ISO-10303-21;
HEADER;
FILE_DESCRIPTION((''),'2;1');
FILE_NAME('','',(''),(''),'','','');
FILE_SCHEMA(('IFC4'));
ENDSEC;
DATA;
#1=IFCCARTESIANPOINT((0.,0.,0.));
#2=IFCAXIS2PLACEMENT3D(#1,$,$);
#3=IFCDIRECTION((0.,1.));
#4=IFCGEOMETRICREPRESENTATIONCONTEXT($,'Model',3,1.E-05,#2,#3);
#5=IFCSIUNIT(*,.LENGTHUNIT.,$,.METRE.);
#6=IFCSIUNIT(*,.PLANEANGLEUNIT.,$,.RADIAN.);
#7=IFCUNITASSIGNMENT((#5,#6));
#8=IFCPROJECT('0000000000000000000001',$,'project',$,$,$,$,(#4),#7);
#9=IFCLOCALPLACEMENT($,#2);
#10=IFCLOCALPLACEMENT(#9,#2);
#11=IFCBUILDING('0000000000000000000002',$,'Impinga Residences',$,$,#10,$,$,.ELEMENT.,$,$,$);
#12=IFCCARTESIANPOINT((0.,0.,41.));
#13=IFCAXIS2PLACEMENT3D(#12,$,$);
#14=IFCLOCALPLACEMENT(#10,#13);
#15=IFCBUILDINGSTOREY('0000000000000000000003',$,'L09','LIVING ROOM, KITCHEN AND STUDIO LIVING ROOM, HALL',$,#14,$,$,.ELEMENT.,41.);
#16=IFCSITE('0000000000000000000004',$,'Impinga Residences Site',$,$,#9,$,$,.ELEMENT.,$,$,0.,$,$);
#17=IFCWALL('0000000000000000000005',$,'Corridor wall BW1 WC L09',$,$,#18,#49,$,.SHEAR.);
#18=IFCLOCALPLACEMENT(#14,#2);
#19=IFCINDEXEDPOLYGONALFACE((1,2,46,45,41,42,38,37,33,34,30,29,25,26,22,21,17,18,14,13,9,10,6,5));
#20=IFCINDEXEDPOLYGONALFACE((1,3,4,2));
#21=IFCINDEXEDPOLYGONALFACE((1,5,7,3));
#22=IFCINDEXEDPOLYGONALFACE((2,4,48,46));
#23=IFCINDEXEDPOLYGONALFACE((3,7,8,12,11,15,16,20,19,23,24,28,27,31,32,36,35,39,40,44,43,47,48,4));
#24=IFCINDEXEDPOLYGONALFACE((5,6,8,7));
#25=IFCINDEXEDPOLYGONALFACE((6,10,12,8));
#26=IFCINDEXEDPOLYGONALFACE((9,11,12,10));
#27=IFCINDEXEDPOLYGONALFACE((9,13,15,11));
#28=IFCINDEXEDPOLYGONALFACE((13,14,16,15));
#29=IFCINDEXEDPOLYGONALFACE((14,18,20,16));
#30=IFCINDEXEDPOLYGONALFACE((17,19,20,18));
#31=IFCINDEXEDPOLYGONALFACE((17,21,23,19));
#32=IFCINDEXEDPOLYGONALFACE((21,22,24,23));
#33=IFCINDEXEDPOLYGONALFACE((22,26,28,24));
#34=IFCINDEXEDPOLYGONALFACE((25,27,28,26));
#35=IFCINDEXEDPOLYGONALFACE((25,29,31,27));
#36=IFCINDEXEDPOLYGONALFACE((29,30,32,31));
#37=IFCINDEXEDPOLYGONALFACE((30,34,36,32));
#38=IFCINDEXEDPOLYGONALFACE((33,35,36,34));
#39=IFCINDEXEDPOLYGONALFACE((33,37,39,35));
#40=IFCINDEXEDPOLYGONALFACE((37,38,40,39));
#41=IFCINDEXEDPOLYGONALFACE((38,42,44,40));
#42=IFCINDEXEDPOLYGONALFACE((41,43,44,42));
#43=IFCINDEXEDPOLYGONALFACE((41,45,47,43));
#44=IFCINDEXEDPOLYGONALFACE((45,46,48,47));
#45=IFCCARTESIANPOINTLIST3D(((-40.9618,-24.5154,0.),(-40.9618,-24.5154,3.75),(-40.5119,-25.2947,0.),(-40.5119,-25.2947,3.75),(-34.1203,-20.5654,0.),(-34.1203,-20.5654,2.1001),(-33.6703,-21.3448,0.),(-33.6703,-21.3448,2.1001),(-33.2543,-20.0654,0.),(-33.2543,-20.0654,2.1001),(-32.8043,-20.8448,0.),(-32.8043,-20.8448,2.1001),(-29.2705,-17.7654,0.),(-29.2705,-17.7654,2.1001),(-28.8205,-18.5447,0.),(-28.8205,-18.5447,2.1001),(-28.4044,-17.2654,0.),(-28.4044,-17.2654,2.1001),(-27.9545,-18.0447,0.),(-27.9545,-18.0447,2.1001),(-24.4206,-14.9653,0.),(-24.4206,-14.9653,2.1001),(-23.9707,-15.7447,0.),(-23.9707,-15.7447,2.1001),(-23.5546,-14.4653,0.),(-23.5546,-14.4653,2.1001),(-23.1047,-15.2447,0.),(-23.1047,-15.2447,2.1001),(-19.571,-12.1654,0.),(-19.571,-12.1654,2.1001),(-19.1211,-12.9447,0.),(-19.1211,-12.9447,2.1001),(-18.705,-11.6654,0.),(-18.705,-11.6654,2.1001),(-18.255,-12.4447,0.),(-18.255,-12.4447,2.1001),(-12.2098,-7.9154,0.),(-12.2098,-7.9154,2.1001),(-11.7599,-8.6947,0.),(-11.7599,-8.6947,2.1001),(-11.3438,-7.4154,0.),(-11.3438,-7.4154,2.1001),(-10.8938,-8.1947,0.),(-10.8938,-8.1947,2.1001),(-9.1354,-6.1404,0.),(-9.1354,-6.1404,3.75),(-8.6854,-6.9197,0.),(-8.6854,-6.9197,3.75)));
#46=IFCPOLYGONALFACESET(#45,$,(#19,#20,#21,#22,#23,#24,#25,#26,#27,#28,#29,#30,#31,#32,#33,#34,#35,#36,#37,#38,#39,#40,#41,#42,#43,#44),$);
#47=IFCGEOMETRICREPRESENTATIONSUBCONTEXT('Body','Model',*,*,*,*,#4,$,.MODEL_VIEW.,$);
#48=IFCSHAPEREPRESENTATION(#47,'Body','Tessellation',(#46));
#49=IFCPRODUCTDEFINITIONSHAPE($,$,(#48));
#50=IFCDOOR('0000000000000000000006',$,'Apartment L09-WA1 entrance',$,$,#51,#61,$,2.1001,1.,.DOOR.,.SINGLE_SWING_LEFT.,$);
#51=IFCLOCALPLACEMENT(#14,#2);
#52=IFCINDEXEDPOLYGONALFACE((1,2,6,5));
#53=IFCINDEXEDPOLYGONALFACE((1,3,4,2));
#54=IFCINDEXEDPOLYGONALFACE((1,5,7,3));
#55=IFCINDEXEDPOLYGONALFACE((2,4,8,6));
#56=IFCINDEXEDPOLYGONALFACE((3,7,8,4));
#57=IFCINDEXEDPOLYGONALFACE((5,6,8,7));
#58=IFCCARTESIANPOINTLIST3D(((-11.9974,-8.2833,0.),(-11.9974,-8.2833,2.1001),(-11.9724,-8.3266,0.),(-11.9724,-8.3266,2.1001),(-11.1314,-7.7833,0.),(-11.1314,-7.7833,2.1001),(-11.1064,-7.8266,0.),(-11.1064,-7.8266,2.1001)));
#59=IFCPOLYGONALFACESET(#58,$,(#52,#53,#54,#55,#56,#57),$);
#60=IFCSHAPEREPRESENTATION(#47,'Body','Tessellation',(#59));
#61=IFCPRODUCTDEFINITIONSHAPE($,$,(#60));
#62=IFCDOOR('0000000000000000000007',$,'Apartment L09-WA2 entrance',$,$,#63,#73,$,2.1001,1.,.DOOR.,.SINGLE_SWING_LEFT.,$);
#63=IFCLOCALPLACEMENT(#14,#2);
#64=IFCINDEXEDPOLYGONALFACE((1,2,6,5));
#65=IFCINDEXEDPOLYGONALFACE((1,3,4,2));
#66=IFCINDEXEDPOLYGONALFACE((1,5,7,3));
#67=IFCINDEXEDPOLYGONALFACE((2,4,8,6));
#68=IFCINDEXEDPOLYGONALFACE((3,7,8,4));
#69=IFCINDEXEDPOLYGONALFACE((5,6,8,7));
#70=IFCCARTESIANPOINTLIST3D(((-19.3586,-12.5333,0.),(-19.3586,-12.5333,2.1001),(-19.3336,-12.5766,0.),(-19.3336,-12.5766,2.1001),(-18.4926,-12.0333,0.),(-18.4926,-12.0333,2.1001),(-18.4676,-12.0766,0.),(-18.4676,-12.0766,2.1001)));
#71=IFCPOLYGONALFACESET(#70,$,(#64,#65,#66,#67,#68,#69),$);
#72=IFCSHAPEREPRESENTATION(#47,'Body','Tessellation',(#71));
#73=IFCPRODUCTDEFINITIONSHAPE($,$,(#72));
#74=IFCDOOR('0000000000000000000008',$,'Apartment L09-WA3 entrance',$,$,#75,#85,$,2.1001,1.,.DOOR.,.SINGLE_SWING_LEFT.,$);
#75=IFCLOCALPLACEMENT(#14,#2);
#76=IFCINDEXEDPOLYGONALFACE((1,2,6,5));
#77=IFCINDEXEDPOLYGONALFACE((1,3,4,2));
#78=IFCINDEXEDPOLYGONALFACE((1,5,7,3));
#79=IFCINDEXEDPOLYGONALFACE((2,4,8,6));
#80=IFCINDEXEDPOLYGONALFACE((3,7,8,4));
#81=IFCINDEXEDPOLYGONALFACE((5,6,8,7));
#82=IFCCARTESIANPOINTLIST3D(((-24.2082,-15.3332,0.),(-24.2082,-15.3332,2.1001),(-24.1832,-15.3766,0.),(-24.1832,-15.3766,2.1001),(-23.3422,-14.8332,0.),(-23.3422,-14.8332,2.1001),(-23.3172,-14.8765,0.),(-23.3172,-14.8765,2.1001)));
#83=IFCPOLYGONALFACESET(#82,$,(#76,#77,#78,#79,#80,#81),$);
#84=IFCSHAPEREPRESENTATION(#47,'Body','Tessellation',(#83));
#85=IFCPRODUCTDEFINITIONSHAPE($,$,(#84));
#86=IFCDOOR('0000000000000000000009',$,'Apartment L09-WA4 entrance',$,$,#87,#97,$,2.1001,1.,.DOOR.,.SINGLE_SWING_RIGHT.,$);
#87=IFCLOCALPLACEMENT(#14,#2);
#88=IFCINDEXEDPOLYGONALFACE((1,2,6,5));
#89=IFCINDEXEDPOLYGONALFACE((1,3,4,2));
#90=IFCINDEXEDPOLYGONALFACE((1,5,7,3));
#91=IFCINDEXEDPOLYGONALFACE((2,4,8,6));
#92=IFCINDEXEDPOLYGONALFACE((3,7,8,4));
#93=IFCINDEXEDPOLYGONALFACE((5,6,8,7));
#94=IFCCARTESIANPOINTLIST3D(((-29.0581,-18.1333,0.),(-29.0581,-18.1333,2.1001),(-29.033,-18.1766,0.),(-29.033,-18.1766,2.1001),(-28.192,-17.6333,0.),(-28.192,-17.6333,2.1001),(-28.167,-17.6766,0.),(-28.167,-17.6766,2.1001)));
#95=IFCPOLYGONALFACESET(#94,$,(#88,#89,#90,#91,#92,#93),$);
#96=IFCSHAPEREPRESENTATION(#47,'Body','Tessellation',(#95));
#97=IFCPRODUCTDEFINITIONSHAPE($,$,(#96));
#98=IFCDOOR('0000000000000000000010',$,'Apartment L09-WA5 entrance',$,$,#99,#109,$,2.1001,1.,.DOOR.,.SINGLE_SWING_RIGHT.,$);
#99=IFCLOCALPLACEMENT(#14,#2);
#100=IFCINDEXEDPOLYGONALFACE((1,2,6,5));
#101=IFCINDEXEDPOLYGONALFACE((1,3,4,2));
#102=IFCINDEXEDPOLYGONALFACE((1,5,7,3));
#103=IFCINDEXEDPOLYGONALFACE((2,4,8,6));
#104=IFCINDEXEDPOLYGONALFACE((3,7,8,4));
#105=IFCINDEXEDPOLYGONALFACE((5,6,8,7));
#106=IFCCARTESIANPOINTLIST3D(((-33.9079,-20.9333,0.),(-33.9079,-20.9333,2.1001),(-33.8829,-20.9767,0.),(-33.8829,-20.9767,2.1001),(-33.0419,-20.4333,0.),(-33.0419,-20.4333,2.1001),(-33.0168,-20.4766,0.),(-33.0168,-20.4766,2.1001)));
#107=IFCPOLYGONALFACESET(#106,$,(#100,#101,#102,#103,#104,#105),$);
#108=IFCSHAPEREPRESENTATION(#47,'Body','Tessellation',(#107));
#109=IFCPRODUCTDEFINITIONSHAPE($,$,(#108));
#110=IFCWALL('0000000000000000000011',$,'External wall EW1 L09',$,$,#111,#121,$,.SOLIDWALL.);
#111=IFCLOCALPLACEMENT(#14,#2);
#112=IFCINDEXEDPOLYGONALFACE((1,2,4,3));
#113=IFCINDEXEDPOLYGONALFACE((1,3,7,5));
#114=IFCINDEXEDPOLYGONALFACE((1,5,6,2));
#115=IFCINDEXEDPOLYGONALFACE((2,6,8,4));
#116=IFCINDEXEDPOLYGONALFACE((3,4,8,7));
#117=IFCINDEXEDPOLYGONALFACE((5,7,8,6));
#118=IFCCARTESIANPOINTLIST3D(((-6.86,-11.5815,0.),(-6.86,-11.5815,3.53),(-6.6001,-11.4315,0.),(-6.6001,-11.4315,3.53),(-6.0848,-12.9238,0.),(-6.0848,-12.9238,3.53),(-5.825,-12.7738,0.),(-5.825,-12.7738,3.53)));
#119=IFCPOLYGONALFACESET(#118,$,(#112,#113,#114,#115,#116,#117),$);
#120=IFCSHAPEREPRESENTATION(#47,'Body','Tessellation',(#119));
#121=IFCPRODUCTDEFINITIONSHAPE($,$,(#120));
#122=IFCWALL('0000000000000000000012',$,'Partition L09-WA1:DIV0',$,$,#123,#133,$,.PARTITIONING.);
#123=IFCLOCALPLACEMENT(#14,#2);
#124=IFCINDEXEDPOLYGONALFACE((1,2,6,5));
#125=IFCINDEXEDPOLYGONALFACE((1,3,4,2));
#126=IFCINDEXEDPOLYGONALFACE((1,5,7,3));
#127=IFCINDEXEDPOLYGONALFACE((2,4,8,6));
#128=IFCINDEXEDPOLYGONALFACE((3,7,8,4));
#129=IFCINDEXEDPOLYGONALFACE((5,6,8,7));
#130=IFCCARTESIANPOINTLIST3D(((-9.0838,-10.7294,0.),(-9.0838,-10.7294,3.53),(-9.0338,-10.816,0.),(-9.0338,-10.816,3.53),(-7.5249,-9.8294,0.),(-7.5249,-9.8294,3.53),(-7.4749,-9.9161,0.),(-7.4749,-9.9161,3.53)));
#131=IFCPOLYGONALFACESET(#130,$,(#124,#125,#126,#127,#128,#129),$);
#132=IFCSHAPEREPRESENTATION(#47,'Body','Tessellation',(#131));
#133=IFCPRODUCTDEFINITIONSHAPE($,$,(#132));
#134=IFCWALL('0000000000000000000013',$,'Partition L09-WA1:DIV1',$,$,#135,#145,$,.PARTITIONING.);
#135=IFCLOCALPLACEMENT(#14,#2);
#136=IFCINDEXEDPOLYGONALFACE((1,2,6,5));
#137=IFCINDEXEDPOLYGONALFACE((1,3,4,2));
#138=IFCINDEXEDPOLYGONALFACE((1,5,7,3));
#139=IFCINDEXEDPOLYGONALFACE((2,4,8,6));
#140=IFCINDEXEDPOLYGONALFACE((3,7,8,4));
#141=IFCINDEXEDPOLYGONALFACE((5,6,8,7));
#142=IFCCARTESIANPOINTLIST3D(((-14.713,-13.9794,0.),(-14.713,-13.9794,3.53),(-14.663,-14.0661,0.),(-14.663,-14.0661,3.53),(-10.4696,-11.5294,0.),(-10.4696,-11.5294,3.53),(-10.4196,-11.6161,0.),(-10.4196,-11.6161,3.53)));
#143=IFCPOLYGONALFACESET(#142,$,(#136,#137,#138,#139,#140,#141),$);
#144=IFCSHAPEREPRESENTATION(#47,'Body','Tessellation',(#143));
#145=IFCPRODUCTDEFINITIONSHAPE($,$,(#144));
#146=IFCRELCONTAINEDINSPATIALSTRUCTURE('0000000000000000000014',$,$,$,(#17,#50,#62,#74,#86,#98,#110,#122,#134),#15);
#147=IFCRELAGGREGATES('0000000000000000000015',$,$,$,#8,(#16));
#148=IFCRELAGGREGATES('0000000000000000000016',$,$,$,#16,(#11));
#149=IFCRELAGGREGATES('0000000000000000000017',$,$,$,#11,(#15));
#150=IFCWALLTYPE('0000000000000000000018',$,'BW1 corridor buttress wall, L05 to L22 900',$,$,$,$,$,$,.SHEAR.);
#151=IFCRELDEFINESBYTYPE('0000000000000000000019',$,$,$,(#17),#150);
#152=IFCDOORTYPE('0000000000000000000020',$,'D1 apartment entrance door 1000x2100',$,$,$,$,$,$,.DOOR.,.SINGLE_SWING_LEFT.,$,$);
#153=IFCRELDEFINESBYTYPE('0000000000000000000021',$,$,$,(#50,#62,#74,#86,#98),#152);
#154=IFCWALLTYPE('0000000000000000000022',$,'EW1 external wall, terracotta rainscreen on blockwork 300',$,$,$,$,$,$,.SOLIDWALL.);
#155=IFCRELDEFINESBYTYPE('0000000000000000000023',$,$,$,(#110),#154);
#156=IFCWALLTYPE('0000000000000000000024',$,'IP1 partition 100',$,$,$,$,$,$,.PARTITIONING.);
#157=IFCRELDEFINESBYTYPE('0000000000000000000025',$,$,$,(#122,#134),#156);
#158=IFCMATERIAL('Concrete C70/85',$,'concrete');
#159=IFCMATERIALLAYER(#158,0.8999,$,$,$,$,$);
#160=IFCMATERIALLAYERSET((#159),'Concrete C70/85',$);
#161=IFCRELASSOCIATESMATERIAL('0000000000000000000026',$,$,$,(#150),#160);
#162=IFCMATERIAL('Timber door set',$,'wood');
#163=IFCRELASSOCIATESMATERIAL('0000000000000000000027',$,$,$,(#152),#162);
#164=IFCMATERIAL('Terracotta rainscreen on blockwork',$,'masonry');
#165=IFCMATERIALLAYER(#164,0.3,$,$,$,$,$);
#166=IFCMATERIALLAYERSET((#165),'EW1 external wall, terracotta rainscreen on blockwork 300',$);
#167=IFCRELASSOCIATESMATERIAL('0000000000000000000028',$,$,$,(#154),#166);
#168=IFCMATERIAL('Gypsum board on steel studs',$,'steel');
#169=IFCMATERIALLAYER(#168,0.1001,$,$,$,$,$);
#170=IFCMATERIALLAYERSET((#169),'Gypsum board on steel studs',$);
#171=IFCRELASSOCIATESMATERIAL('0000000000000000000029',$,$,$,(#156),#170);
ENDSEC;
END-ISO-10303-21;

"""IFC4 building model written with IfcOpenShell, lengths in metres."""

from ifc_helpers import new_model, si_unit, direction, frame, frame_2d, origin, place, context, subcontext, project, spatial, rectangle, extrude, material, layer, layer_set, type_object, element, fill, save


model = new_model("IFC4")

# Units and contexts
model_context = context("Model", 3, precision=1e-05, world=origin(), true_north=direction((0.0, 1.0)))
body_context = subcontext(model_context, "Body", "Model", "MODEL_VIEW")
ifc_project = project(units=[si_unit("LENGTHUNIT", "METRE"), si_unit("PLANEANGLEUNIT", "RADIAN")], contexts=[model_context])

# Site, building, storey
site_placement = place(None, origin())
site = spatial("IfcSite", under=ifc_project, at=site_placement, Name="Impinga Residences Site", CompositionType="ELEMENT", RefElevation=0.0)
building_placement = place(site_placement, origin())
building = spatial("IfcBuilding", under=site, at=building_placement, Name="Impinga Residences", CompositionType="ELEMENT")
storey_placement = place(building_placement, frame((0.0, 0.0, 41.0)))
storey = spatial("IfcBuildingStorey", under=building, at=storey_placement, Name="L09", Description="LIVING ROOM, KITCHEN AND STUDIO LIVING ROOM, HALL", CompositionType="ELEMENT", Elevation=41.0)

# Wall, openings, doors
ifc_material_1 = material(Name="Concrete C70/85", Category="concrete")
ifc_layer_1 = layer(ifc_material_1, 0.8999)
ifc_layer_set_1 = layer_set([ifc_layer_1], Name="Concrete C70/85")
wall_type_1 = type_object("IfcWallType", Name="BW1 corridor buttress wall, L05 to L22 900", PredefinedType="SHEAR", material=ifc_layer_set_1)
wall_1_placement = place(storey_placement, frame((-8.9104, -6.53, 0.0), z_axis=(0.0, 0.0, 1.0), x_axis=(-0.866025, -0.5, 0.0)))
wall_1 = element("IfcWall", 1, at=wall_1_placement, inside=storey, type_object=wall_type_1, Name="Corridor wall BW1 WC L09", PredefinedType="SHEAR", context=body_context, shape_type="SweptSolid", body=[
    extrude(rectangle(XDim=36.75, YDim=0.8999, at=frame_2d((18.375, 0.0))), origin(), (0.0, 0.0, 1.0), 3.75),
])
opening_1_placement = place(wall_1_placement, frame((2.55, 0.0, 0.0)))
opening_1 = element("IfcOpeningElement", 2, at=opening_1_placement, cuts=wall_1, PredefinedType="OPENING", context=body_context, shape_type="SweptSolid", body=[
    extrude(rectangle(XDim=1.0, YDim=2.1001, at=frame_2d((0.5, 1.05))), frame((0.0, 0.46, 0.0), z_axis=(0.0, -1.0, 0.0), x_axis=(1.0, 0.0, 0.0)), (0.0, 0.0, 1.0), 0.9199),
])
opening_2_placement = place(wall_1_placement, frame((11.05, 0.0, 0.0)))
opening_2 = element("IfcOpeningElement", 3, at=opening_2_placement, cuts=wall_1, PredefinedType="OPENING", context=body_context, shape_type="SweptSolid", body=[
    extrude(rectangle(XDim=1.0, YDim=2.1001, at=frame_2d((0.5, 1.05))), frame((0.0, 0.46, 0.0), z_axis=(0.0, -1.0, 0.0), x_axis=(1.0, 0.0, 0.0)), (0.0, 0.0, 1.0), 0.9199),
])
opening_3_placement = place(wall_1_placement, frame((16.6499, 0.0, 0.0)))
opening_3 = element("IfcOpeningElement", 4, at=opening_3_placement, cuts=wall_1, PredefinedType="OPENING", context=body_context, shape_type="SweptSolid", body=[
    extrude(rectangle(XDim=1.0, YDim=2.1001, at=frame_2d((0.5, 1.05))), frame((0.0, 0.46, 0.0), z_axis=(0.0, -1.0, 0.0), x_axis=(1.0, 0.0, 0.0)), (0.0, 0.0, 1.0), 0.9199),
])
opening_4_placement = place(wall_1_placement, frame((22.25, 0.0, 0.0)))
opening_4 = element("IfcOpeningElement", 5, at=opening_4_placement, cuts=wall_1, PredefinedType="OPENING", context=body_context, shape_type="SweptSolid", body=[
    extrude(rectangle(XDim=1.0, YDim=2.1001, at=frame_2d((0.5, 1.05))), frame((0.0, 0.46, 0.0), z_axis=(0.0, -1.0, 0.0), x_axis=(1.0, 0.0, 0.0)), (0.0, 0.0, 1.0), 0.9199),
])
opening_5_placement = place(wall_1_placement, frame((27.8501, 0.0, 0.0)))
opening_5 = element("IfcOpeningElement", 6, at=opening_5_placement, cuts=wall_1, PredefinedType="OPENING", context=body_context, shape_type="SweptSolid", body=[
    extrude(rectangle(XDim=1.0, YDim=2.1001, at=frame_2d((0.5, 1.05))), frame((0.0, 0.46, 0.0), z_axis=(0.0, -1.0, 0.0), x_axis=(1.0, 0.0, 0.0)), (0.0, 0.0, 1.0), 0.9199),
])
ifc_material_2 = material(Name="Timber door set", Category="wood")
door_type_1 = type_object("IfcDoorType", Name="D1 apartment entrance door 1000x2100", OperationType="SINGLE_SWING_LEFT", PredefinedType="DOOR", material=ifc_material_2)
door_1_placement = place(opening_1_placement, origin())
door_1 = element("IfcDoor", 7, at=door_1_placement, inside=storey, type_object=door_type_1, Name="Apartment L09-WA1 entrance", OperationType="SINGLE_SWING_LEFT", OverallHeight=2.1001, OverallWidth=1.0, PredefinedType="DOOR", context=body_context, shape_type="SweptSolid", body=[
    extrude(rectangle(XDim=1.0, YDim=2.1001, at=frame_2d((0.5, 1.05))), frame((0.0, 0.0249, 0.0), z_axis=(0.0, -1.0, 0.0), x_axis=(1.0, 0.0, 0.0)), (0.0, 0.0, 1.0), 0.05),
])
fill(opening_1, door_1)
door_2_placement = place(opening_2_placement, origin())
door_2 = element("IfcDoor", 8, at=door_2_placement, inside=storey, type_object=door_type_1, Name="Apartment L09-WA2 entrance", OperationType="SINGLE_SWING_LEFT", OverallHeight=2.1001, OverallWidth=1.0, PredefinedType="DOOR", context=body_context, shape_type="SweptSolid", body=[
    extrude(rectangle(XDim=1.0, YDim=2.1001, at=frame_2d((0.5, 1.05))), frame((0.0, 0.0249, 0.0), z_axis=(0.0, -1.0, 0.0), x_axis=(1.0, 0.0, 0.0)), (0.0, 0.0, 1.0), 0.05),
])
fill(opening_2, door_2)
door_3_placement = place(opening_3_placement, origin())
door_3 = element("IfcDoor", 9, at=door_3_placement, inside=storey, type_object=door_type_1, Name="Apartment L09-WA3 entrance", OperationType="SINGLE_SWING_LEFT", OverallHeight=2.1001, OverallWidth=1.0, PredefinedType="DOOR", context=body_context, shape_type="SweptSolid", body=[
    extrude(rectangle(XDim=1.0, YDim=2.1001, at=frame_2d((0.5, 1.05))), frame((0.0, 0.0249, 0.0), z_axis=(0.0, -1.0, 0.0), x_axis=(1.0, 0.0, 0.0)), (0.0, 0.0, 1.0), 0.05),
])
fill(opening_3, door_3)
door_4_placement = place(opening_4_placement, origin())
door_4 = element("IfcDoor", 10, at=door_4_placement, inside=storey, type_object=door_type_1, Name="Apartment L09-WA4 entrance", OperationType="SINGLE_SWING_RIGHT", OverallHeight=2.1001, OverallWidth=1.0, PredefinedType="DOOR", context=body_context, shape_type="SweptSolid", body=[
    extrude(rectangle(XDim=1.0, YDim=2.1001, at=frame_2d((0.5, 1.05))), frame((0.0, 0.0249, 0.0), z_axis=(0.0, -1.0, 0.0), x_axis=(1.0, 0.0, 0.0)), (0.0, 0.0, 1.0), 0.05),
])
fill(opening_4, door_4)
door_5_placement = place(opening_5_placement, origin())
door_5 = element("IfcDoor", 11, at=door_5_placement, inside=storey, type_object=door_type_1, Name="Apartment L09-WA5 entrance", OperationType="SINGLE_SWING_RIGHT", OverallHeight=2.1001, OverallWidth=1.0, PredefinedType="DOOR", context=body_context, shape_type="SweptSolid", body=[
    extrude(rectangle(XDim=1.0, YDim=2.1001, at=frame_2d((0.5, 1.05))), frame((0.0, 0.0249, 0.0), z_axis=(0.0, -1.0, 0.0), x_axis=(1.0, 0.0, 0.0)), (0.0, 0.0, 1.0), 0.05),
])
fill(opening_5, door_5)

# Walls
ifc_material_3 = material(Name="Terracotta rainscreen on blockwork", Category="masonry")
ifc_layer_2 = layer(ifc_material_3, 0.3)
ifc_layer_set_2 = layer_set([ifc_layer_2], Name="EW1 external wall, terracotta rainscreen on blockwork 300")
wall_type_2 = type_object("IfcWallType", Name="EW1 external wall, terracotta rainscreen on blockwork 300", PredefinedType="SOLIDWALL", material=ifc_layer_set_2)
wall_2_placement = place(storey_placement, frame((-6.73, -11.5066, 0.0), z_axis=(0.0, 0.0, 1.0), x_axis=(0.500086, -0.865976, 0.0)))
element("IfcWall", 12, at=wall_2_placement, inside=storey, type_object=wall_type_2, Name="External wall EW1 L09", PredefinedType="SOLIDWALL", context=body_context, shape_type="SweptSolid", body=[
    extrude(rectangle(XDim=1.55, YDim=0.3, at=frame_2d((0.7749, 0.0))), origin(), (0.0, 0.0, 1.0), 3.53),
])
ifc_material_4 = material(Name="Gypsum board on steel studs", Category="steel")
ifc_layer_3 = layer(ifc_material_4, 0.1001)
ifc_layer_set_3 = layer_set([ifc_layer_3], Name="Gypsum board on steel studs")
wall_type_3 = type_object("IfcWallType", Name="IP1 partition 100", PredefinedType="PARTITIONING", material=ifc_layer_set_3)
wall_3_placement = place(storey_placement, frame((-7.5, -9.8728, 0.0), z_axis=(0.0, 0.0, 1.0), x_axis=(-0.866048, -0.499961, 0.0)))
element("IfcWall", 13, at=wall_3_placement, inside=storey, type_object=wall_type_3, Name="Partition L09-WA1:DIV0", PredefinedType="PARTITIONING", context=body_context, shape_type="SweptSolid", body=[
    extrude(rectangle(XDim=1.8, YDim=0.1001, at=frame_2d((0.8999, 0.0))), origin(), (0.0, 0.0, 1.0), 3.53),
])
wall_4_placement = place(storey_placement, frame((-10.4446, -11.5728, 0.0), z_axis=(0.0, 0.0, 1.0), x_axis=(-0.866024, -0.500003, 0.0)))
element("IfcWall", 14, at=wall_4_placement, inside=storey, type_object=wall_type_3, Name="Partition L09-WA1:DIV1", PredefinedType="PARTITIONING", context=body_context, shape_type="SweptSolid", body=[
    extrude(rectangle(XDim=4.8999, YDim=0.1001, at=frame_2d((2.45, 0.0))), origin(), (0.0, 0.0, 1.0), 3.53),
])

save(model, "model.ifc")
